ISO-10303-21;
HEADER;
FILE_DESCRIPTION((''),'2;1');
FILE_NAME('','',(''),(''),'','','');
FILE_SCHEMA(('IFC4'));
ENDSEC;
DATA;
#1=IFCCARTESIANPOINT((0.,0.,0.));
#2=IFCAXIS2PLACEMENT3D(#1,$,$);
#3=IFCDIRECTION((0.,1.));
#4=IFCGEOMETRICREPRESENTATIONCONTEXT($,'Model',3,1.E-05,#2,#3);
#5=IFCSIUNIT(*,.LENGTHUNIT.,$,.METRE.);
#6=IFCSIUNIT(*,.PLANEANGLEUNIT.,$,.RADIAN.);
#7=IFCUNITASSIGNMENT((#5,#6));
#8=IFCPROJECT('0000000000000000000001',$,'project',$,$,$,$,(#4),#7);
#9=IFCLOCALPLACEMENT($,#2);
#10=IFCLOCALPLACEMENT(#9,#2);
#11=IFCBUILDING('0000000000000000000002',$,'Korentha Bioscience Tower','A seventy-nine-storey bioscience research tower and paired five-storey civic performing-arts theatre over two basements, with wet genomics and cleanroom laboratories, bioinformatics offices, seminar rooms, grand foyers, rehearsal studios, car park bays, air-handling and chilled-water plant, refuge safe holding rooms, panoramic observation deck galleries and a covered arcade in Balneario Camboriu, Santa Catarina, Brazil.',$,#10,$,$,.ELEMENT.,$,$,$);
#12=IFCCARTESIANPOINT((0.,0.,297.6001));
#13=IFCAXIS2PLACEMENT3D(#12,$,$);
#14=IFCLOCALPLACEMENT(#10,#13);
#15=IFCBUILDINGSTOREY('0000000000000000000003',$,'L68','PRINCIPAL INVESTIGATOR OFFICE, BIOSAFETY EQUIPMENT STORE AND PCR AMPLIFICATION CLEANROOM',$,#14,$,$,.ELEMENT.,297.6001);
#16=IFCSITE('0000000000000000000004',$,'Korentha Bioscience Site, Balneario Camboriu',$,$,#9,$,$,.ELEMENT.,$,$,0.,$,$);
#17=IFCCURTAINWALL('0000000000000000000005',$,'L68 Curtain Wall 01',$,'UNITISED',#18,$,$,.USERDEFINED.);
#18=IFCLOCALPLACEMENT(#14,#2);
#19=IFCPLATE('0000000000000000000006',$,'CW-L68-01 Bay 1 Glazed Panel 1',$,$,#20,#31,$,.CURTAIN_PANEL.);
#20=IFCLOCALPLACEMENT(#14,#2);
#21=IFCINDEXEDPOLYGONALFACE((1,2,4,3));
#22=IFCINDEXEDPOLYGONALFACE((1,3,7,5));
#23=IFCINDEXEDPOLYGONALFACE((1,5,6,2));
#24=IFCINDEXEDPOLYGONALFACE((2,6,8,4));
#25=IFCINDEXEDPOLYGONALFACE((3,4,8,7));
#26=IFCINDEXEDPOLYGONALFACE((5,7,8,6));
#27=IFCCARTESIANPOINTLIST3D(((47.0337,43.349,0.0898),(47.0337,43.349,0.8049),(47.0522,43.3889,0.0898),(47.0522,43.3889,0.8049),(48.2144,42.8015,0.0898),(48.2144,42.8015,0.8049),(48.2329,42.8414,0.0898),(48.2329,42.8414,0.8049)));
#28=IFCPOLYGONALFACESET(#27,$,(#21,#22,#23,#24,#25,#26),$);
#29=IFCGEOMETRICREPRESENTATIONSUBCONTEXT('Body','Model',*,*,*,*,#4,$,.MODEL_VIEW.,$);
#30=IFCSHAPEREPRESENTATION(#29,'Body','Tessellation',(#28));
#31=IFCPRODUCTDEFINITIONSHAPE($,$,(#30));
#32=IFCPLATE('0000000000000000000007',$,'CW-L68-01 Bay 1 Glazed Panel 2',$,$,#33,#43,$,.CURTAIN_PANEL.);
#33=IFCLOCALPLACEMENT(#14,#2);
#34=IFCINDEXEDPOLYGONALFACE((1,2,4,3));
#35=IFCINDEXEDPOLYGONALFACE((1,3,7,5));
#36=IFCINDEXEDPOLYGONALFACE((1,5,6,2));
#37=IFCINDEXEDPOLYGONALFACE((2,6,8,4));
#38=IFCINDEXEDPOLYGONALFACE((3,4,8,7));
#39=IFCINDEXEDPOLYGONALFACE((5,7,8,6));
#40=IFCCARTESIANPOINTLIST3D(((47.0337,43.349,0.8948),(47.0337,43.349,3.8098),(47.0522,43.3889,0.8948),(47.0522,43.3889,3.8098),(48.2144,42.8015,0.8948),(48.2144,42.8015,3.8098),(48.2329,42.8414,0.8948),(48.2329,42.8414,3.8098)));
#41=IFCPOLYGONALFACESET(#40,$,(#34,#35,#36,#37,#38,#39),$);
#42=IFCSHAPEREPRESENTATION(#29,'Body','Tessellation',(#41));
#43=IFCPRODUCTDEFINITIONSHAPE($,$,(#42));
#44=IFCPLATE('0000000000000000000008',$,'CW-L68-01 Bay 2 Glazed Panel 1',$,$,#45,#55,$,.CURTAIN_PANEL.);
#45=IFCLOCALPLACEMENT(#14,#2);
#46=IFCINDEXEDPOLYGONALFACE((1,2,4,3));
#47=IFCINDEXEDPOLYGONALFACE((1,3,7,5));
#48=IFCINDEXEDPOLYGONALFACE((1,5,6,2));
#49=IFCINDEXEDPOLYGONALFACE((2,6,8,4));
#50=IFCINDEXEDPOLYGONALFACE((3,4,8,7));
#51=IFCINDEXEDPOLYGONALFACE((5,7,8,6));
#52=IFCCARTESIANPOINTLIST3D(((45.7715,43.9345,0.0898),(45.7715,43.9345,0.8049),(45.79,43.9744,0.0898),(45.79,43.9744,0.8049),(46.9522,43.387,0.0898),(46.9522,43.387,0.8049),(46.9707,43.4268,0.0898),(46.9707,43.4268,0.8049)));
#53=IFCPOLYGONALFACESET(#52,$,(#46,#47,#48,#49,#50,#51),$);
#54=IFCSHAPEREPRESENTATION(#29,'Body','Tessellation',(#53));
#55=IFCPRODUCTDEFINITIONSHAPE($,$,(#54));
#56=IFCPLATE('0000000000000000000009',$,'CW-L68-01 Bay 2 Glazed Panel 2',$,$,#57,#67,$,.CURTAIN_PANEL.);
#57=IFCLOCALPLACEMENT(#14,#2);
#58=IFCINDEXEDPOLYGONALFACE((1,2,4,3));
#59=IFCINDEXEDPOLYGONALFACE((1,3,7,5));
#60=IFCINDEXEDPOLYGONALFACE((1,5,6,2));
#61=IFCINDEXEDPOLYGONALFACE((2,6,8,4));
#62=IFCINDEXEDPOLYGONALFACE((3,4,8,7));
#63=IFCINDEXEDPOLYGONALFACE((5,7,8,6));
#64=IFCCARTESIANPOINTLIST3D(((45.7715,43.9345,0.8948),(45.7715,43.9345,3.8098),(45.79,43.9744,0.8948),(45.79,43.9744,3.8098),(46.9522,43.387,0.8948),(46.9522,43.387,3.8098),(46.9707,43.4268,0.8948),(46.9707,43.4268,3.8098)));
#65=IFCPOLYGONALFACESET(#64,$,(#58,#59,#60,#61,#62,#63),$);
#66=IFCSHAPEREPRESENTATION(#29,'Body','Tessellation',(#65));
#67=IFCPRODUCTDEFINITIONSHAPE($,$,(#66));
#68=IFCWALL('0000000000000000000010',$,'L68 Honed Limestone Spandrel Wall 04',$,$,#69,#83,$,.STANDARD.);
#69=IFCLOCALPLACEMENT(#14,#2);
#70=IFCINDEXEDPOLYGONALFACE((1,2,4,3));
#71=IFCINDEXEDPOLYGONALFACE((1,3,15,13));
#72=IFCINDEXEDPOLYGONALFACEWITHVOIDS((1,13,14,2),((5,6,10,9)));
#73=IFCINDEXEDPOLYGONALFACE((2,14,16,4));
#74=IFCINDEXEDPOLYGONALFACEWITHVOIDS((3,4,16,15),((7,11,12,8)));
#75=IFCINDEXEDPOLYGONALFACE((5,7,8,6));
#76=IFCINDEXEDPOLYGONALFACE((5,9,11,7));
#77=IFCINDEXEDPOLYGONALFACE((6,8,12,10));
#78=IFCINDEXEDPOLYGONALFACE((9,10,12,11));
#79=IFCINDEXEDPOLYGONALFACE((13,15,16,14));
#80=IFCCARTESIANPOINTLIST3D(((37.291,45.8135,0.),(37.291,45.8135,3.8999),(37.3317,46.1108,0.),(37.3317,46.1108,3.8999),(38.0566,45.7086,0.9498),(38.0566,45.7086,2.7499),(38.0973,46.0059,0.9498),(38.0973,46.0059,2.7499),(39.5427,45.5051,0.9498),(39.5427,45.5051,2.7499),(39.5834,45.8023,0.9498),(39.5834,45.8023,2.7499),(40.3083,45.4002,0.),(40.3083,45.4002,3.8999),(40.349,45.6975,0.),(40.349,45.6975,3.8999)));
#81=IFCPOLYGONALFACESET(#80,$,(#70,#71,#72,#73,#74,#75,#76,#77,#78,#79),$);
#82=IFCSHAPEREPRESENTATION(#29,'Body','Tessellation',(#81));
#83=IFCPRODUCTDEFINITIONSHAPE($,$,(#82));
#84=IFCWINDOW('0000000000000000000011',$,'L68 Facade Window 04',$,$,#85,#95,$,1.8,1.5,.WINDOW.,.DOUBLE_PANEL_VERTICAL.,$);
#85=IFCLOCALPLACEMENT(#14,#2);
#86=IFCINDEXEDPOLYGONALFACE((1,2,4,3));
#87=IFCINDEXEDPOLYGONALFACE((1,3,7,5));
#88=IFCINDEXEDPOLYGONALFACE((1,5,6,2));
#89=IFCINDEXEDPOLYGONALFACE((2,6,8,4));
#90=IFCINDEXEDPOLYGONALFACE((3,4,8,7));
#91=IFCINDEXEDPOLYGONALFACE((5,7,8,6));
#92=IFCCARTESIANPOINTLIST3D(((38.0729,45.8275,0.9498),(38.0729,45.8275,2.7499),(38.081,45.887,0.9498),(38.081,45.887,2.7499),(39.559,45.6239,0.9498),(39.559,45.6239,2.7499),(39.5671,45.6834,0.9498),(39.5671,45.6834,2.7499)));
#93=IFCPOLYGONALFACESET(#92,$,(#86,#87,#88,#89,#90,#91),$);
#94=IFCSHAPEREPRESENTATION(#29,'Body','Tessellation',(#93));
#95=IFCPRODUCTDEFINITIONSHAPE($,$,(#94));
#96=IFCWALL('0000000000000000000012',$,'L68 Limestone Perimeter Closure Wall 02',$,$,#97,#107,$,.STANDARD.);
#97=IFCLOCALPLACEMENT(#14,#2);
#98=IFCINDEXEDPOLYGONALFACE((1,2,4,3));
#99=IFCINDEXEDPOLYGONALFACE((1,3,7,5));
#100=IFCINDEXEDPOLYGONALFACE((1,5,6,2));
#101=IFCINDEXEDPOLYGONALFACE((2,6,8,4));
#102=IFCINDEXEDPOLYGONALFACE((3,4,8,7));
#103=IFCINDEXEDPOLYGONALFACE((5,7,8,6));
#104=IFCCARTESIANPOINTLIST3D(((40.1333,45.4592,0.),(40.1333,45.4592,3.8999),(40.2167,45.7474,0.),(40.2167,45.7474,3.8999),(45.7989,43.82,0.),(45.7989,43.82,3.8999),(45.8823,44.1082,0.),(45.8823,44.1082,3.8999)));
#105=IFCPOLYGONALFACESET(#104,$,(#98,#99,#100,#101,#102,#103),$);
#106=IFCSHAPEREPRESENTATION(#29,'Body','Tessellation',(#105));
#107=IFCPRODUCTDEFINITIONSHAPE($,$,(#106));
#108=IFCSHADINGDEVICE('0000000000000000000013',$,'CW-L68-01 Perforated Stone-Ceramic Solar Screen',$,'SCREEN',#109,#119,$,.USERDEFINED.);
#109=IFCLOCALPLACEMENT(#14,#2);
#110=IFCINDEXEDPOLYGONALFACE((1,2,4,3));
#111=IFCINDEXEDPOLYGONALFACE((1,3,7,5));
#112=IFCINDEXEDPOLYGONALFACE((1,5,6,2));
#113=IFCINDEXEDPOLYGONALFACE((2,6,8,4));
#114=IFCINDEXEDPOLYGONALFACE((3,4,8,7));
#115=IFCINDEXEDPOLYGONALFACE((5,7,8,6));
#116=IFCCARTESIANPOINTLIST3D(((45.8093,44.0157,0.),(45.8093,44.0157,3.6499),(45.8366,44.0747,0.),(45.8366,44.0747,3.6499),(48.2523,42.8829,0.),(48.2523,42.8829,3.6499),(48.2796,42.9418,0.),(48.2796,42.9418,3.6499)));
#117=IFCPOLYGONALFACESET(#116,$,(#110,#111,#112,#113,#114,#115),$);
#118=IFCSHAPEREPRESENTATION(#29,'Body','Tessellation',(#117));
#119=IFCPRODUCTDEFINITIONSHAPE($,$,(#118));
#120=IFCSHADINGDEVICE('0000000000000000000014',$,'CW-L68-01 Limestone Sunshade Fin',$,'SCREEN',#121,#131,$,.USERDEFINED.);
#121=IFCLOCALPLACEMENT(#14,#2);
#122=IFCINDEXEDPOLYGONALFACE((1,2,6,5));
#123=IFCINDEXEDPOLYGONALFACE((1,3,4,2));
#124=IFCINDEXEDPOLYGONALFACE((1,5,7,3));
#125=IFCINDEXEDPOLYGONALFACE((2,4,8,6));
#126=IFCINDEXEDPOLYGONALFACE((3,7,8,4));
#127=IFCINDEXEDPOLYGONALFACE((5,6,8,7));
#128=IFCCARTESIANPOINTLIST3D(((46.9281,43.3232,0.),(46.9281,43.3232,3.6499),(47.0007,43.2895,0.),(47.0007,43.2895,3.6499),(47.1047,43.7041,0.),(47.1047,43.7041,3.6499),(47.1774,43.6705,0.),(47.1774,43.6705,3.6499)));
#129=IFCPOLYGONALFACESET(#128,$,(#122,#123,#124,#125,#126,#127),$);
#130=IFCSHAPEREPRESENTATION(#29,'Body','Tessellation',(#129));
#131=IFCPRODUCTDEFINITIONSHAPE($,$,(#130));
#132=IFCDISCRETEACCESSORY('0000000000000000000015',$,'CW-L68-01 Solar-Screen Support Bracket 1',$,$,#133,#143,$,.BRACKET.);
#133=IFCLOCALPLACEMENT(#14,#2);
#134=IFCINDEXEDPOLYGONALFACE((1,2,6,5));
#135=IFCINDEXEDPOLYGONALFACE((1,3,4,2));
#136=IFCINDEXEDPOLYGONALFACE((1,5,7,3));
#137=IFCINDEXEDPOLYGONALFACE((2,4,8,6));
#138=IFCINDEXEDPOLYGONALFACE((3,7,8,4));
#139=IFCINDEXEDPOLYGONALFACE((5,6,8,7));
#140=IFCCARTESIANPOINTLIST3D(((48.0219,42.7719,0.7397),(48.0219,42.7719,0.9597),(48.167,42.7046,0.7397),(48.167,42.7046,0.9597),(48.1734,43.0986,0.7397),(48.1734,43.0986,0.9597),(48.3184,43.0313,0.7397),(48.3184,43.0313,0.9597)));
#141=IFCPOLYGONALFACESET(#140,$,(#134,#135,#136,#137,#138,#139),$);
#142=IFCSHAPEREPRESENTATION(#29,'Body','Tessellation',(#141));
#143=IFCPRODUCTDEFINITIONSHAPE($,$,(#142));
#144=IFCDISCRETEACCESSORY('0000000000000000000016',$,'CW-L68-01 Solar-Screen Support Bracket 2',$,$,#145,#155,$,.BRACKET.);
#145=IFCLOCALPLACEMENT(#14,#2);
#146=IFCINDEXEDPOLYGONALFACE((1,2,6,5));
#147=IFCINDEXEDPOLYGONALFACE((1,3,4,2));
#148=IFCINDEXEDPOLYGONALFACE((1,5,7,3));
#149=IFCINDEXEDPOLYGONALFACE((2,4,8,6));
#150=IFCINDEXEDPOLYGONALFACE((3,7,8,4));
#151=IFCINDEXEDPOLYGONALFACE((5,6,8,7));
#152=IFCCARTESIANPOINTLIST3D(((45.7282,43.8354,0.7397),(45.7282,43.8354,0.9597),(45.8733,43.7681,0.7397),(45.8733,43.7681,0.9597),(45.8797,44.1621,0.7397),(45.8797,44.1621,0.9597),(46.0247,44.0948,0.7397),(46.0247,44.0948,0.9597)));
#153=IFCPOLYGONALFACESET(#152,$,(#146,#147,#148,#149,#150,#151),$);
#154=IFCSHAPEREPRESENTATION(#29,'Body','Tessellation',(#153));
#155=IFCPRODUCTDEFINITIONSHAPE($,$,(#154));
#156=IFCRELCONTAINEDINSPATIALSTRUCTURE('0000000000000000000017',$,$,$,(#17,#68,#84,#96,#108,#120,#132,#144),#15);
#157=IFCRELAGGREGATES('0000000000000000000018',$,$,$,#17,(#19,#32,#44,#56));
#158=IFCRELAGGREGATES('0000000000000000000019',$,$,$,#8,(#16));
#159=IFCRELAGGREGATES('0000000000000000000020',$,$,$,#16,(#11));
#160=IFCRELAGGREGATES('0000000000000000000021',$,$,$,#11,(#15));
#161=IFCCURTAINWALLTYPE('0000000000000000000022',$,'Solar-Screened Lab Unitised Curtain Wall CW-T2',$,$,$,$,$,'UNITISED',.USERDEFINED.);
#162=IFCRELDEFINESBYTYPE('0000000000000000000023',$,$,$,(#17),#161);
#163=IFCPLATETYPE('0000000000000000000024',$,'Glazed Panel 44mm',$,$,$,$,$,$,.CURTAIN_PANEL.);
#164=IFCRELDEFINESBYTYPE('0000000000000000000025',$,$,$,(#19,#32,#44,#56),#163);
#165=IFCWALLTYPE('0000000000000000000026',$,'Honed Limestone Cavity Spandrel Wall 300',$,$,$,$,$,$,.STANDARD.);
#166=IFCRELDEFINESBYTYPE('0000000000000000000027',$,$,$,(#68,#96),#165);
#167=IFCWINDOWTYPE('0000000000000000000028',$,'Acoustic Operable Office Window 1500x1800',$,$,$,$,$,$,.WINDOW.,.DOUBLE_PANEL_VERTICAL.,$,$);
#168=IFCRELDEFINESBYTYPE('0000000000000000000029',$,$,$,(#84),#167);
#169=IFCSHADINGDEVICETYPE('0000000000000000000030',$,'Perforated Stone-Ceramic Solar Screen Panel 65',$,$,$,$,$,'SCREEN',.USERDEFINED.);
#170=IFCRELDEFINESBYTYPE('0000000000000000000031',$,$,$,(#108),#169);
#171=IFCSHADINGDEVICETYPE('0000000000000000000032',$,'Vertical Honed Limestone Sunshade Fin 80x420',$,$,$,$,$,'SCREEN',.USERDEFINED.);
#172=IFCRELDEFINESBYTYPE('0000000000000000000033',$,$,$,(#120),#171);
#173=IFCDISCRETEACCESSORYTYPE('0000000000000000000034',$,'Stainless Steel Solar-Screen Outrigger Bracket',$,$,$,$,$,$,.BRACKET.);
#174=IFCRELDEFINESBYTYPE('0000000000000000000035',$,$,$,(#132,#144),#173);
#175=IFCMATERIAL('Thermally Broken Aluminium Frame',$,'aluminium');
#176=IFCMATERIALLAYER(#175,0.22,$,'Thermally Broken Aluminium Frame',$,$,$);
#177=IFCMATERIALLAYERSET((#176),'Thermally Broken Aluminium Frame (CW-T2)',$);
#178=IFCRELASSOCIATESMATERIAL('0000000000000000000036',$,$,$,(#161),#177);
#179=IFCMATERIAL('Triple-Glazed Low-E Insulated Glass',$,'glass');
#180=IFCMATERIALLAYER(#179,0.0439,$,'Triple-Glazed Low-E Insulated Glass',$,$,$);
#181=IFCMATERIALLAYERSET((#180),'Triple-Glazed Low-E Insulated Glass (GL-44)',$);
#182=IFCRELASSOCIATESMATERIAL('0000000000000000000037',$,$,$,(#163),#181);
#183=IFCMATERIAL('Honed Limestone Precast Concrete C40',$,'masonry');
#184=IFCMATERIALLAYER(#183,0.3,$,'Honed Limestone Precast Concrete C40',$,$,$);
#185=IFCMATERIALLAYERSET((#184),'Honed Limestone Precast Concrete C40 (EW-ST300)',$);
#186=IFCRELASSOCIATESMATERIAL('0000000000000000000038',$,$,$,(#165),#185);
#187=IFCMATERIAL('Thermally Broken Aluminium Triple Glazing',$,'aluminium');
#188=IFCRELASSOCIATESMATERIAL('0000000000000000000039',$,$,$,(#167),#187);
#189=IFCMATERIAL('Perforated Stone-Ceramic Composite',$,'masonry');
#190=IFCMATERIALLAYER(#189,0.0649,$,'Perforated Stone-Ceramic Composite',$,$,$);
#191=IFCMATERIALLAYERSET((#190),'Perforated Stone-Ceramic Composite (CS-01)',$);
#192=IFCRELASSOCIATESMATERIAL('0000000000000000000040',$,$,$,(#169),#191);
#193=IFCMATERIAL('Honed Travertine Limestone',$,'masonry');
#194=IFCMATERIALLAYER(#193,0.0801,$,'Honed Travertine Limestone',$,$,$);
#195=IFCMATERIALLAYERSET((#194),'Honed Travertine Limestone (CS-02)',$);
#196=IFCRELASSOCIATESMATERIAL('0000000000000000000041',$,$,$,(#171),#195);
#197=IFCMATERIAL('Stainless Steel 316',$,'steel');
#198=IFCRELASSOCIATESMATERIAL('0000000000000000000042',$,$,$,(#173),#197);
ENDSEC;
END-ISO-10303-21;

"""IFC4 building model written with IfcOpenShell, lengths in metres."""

from ifc_helpers import new_model, si_unit, direction, frame, frame_2d, origin, origin_2d, place, context, subcontext, project, spatial, rectangle, extrude, material, layer, layer_set, type_object, element, fill, aggregate, save


model = new_model("IFC4")

# Units and contexts
model_context = context("Model", 3, precision=1e-05, world=origin(), true_north=direction((0.0, 1.0)))
body_context = subcontext(model_context, "Body", "Model", "MODEL_VIEW")
ifc_project = project(units=[si_unit("LENGTHUNIT", "METRE"), si_unit("PLANEANGLEUNIT", "RADIAN")], contexts=[model_context])

# Site, building, storey
site_placement = place(None, origin())
site = spatial("IfcSite", under=ifc_project, at=site_placement, Name="Korentha Bioscience Site, Balneario Camboriu", CompositionType="ELEMENT", RefElevation=0.0)
building_placement = place(site_placement, origin())
building = spatial("IfcBuilding", under=site, at=building_placement, Name="Korentha Bioscience Tower", Description="A seventy-nine-storey bioscience research tower and paired five-storey civic performing-arts theatre over two basements, with wet genomics and cleanroom laboratories, bioinformatics offices, seminar rooms, grand foyers, rehearsal studios, car park bays, air-handling and chilled-water plant, refuge safe holding rooms, panoramic observation deck galleries and a covered arcade in Balneario Camboriu, Santa Catarina, Brazil.", CompositionType="ELEMENT")
storey_placement = place(building_placement, frame((0.0, 0.0, 297.6001)))
storey = spatial("IfcBuildingStorey", under=building, at=storey_placement, Name="L68", Description="PRINCIPAL INVESTIGATOR OFFICE, BIOSAFETY EQUIPMENT STORE AND PCR AMPLIFICATION CLEANROOM", CompositionType="ELEMENT", Elevation=297.6001)

# Curtain wall, plates
ifc_material_1 = material(Name="Thermally Broken Aluminium Frame", Category="aluminium")
ifc_layer_1 = layer(ifc_material_1, 0.22, Name="Thermally Broken Aluminium Frame")
ifc_layer_set_1 = layer_set([ifc_layer_1], Name="Thermally Broken Aluminium Frame (CW-T2)")
curtain_wall_type = type_object("IfcCurtainWallType", Name="Solar-Screened Lab Unitised Curtain Wall CW-T2", ElementType="UNITISED", PredefinedType="USERDEFINED", material=ifc_layer_set_1)
curtain_wall_placement = place(storey_placement, origin())
curtain_wall = element("IfcCurtainWall", 1, at=curtain_wall_placement, inside=storey, type_object=curtain_wall_type, Name="L68 Curtain Wall 01", ObjectType="UNITISED", PredefinedType="USERDEFINED")
ifc_material_2 = material(Name="Triple-Glazed Low-E Insulated Glass", Category="glass")
ifc_layer_2 = layer(ifc_material_2, 0.0439, Name="Triple-Glazed Low-E Insulated Glass")
ifc_layer_set_2 = layer_set([ifc_layer_2], Name="Triple-Glazed Low-E Insulated Glass (GL-44)")
plate_type = type_object("IfcPlateType", Name="Glazed Panel 44mm", PredefinedType="CURTAIN_PANEL", material=ifc_layer_set_2)
plate_1_placement = place(storey_placement, frame((47.6333, 43.0952, 0.0898), z_axis=(0.0, 0.0, 1.0), x_axis=(-0.907204, 0.420691, 0.0)))
plate_1 = element("IfcPlate", 2, at=plate_1_placement, type_object=plate_type, Name="CW-L68-01 Bay 1 Glazed Panel 1", PredefinedType="CURTAIN_PANEL", context=body_context, shape_type="SweptSolid", body=[
    extrude(rectangle(XDim=1.3015, YDim=0.0439, at=origin_2d()), origin(), (0.0, 0.0, 1.0), 0.7151),
])
plate_2_placement = place(storey_placement, frame((47.6333, 43.0952, 0.8948), z_axis=(0.0, 0.0, 1.0), x_axis=(-0.907204, 0.420691, 0.0)))
plate_2 = element("IfcPlate", 3, at=plate_2_placement, type_object=plate_type, Name="CW-L68-01 Bay 1 Glazed Panel 2", PredefinedType="CURTAIN_PANEL", context=body_context, shape_type="SweptSolid", body=[
    extrude(rectangle(XDim=1.3015, YDim=0.0439, at=origin_2d()), origin(), (0.0, 0.0, 1.0), 2.915),
])
plate_3_placement = place(storey_placement, frame((46.3711, 43.6807, 0.0898), z_axis=(0.0, 0.0, 1.0), x_axis=(-0.907204, 0.420691, 0.0)))
plate_3 = element("IfcPlate", 4, at=plate_3_placement, type_object=plate_type, Name="CW-L68-01 Bay 2 Glazed Panel 1", PredefinedType="CURTAIN_PANEL", context=body_context, shape_type="SweptSolid", body=[
    extrude(rectangle(XDim=1.3015, YDim=0.0439, at=origin_2d()), origin(), (0.0, 0.0, 1.0), 0.7151),
])
plate_4_placement = place(storey_placement, frame((46.3711, 43.6807, 0.8948), z_axis=(0.0, 0.0, 1.0), x_axis=(-0.907204, 0.420691, 0.0)))
plate_4 = element("IfcPlate", 5, at=plate_4_placement, type_object=plate_type, Name="CW-L68-01 Bay 2 Glazed Panel 2", PredefinedType="CURTAIN_PANEL", context=body_context, shape_type="SweptSolid", body=[
    extrude(rectangle(XDim=1.3015, YDim=0.0439, at=origin_2d()), origin(), (0.0, 0.0, 1.0), 2.915),
])
aggregate(curtain_wall, [plate_1, plate_2, plate_3, plate_4])

# Wall, opening, window
ifc_material_3 = material(Name="Honed Limestone Precast Concrete C40", Category="masonry")
ifc_layer_3 = layer(ifc_material_3, 0.3, Name="Honed Limestone Precast Concrete C40")
ifc_layer_set_3 = layer_set([ifc_layer_3], Name="Honed Limestone Precast Concrete C40 (EW-ST300)")
wall_type = type_object("IfcWallType", Name="Honed Limestone Cavity Spandrel Wall 300", PredefinedType="STANDARD", material=ifc_layer_set_3)
wall_1_placement = place(storey_placement, frame((40.3286, 45.5488, 0.0), z_axis=(0.0, 0.0, 1.0), x_axis=(-0.990748, 0.135718, 0.0)))
wall_1 = element("IfcWall", 6, at=wall_1_placement, inside=storey, type_object=wall_type, Name="L68 Honed Limestone Spandrel Wall 04", PredefinedType="STANDARD", context=body_context, shape_type="SweptSolid", body=[
    extrude(rectangle(XDim=3.0454, YDim=0.3, at=frame_2d((1.5227, 0.0))), origin(), (0.0, 0.0, 1.0), 3.8999),
])
opening_placement = place(wall_1_placement, frame((0.7727, 0.0, 0.95)))
opening = element("IfcOpeningElement", 7, at=opening_placement, cuts=wall_1, PredefinedType="OPENING", context=body_context, shape_type="SweptSolid", body=[
    extrude(rectangle(XDim=1.5, YDim=1.8, at=frame_2d((0.75, 0.8999))), frame((0.0, 0.165, 0.0), z_axis=(0.0, -1.0, 0.0), x_axis=(1.0, 0.0, 0.0)), (0.0, 0.0, 1.0), 0.3298),
])
ifc_material_4 = material(Name="Thermally Broken Aluminium Triple Glazing", Category="aluminium")
window_type = type_object("IfcWindowType", Name="Acoustic Operable Office Window 1500x1800", PartitioningType="DOUBLE_PANEL_VERTICAL", PredefinedType="WINDOW", material=ifc_material_4)
window_placement = place(opening_placement, origin())
window = element("IfcWindow", 8, at=window_placement, inside=storey, type_object=window_type, Name="L68 Facade Window 04", OverallHeight=1.8, OverallWidth=1.5, PartitioningType="DOUBLE_PANEL_VERTICAL", PredefinedType="WINDOW", context=body_context, shape_type="SweptSolid", body=[
    extrude(rectangle(XDim=1.5, YDim=1.8, at=frame_2d((0.75, 0.8999))), frame((0.0, 0.03, 0.0), z_axis=(0.0, -1.0, 0.0), x_axis=(1.0, 0.0, 0.0)), (0.0, 0.0, 1.0), 0.0601),
])
fill(opening, window)

# Wall
wall_2_placement = place(storey_placement, frame((45.8406, 43.9641, 0.0), z_axis=(0.0, 0.0, 1.0), x_axis=(-0.960603, 0.277923, 0.0)))
element("IfcWall", 9, at=wall_2_placement, inside=storey, type_object=wall_type, Name="L68 Limestone Perimeter Closure Wall 02", PredefinedType="STANDARD", context=body_context, shape_type="SweptSolid", body=[
    extrude(rectangle(XDim=5.8979, YDim=0.3, at=frame_2d((2.949, 0.0))), origin(), (0.0, 0.0, 1.0), 3.8999),
])

# Shading devices
ifc_material_5 = material(Name="Perforated Stone-Ceramic Composite", Category="masonry")
ifc_layer_4 = layer(ifc_material_5, 0.0649, Name="Perforated Stone-Ceramic Composite")
ifc_layer_set_4 = layer_set([ifc_layer_4], Name="Perforated Stone-Ceramic Composite (CS-01)")
shading_device_type_1 = type_object("IfcShadingDeviceType", Name="Perforated Stone-Ceramic Solar Screen Panel 65", ElementType="SCREEN", PredefinedType="USERDEFINED", material=ifc_layer_set_4)
shading_device_1_placement = place(storey_placement, frame((47.0444, 43.4788, 0.0), z_axis=(0.0, 0.0, 1.0), x_axis=(-0.907204, 0.420691, 0.0)))
element("IfcShadingDevice", 10, at=shading_device_1_placement, inside=storey, type_object=shading_device_type_1, Name="CW-L68-01 Perforated Stone-Ceramic Solar Screen", ObjectType="SCREEN", PredefinedType="USERDEFINED", context=body_context, shape_type="SweptSolid", body=[
    extrude(rectangle(XDim=2.6929, YDim=0.0649, at=origin_2d()), origin(), (0.0, 0.0, 1.0), 3.6499),
])
ifc_material_6 = material(Name="Honed Travertine Limestone", Category="masonry")
ifc_layer_5 = layer(ifc_material_6, 0.0801, Name="Honed Travertine Limestone")
ifc_layer_set_5 = layer_set([ifc_layer_5], Name="Honed Travertine Limestone (CS-02)")
shading_device_type_2 = type_object("IfcShadingDeviceType", Name="Vertical Honed Limestone Sunshade Fin 80x420", ElementType="SCREEN", PredefinedType="USERDEFINED", material=ifc_layer_set_5)
shading_device_2_placement = place(storey_placement, frame((47.0527, 43.4968, 0.0), z_axis=(0.0, 0.0, 1.0), x_axis=(-0.907204, 0.420691, 0.0)))
element("IfcShadingDevice", 11, at=shading_device_2_placement, inside=storey, type_object=shading_device_type_2, Name="CW-L68-01 Limestone Sunshade Fin", ObjectType="SCREEN", PredefinedType="USERDEFINED", context=body_context, shape_type="SweptSolid", body=[
    extrude(rectangle(XDim=0.0801, YDim=0.4199, at=origin_2d()), origin(), (0.0, 0.0, 1.0), 3.6499),
])

# Discrete accessories
ifc_material_7 = material(Name="Stainless Steel 316", Category="steel")
discrete_accessory_type = type_object("IfcDiscreteAccessoryType", Name="Stainless Steel Solar-Screen Outrigger Bracket", PredefinedType="BRACKET", material=ifc_material_7)
for number, where, z_axis, x_axis, name in (
    (12, (48.1702, 42.9016, 0.7397), (0.0, 0.0, 1.0), (-0.907204, 0.420691, 0.0), "CW-L68-01 Solar-Screen Support Bracket 1"),
    (13, (45.8765, 43.9651, 0.7397), (0.0, 0.0, 1.0), (-0.907204, 0.420691, 0.0), "CW-L68-01 Solar-Screen Support Bracket 2"),
):
    element("IfcDiscreteAccessory", number, at=place(storey_placement, frame(where, z_axis=z_axis, x_axis=x_axis)), inside=storey, type_object=discrete_accessory_type, Name=name, PredefinedType="BRACKET", context=body_context, shape_type="SweptSolid", body=[
        extrude(rectangle(XDim=0.1599, YDim=0.3601, at=origin_2d()), origin(), (0.0, 0.0, 1.0), 0.22),
    ])

save(model, "model.ifc")
